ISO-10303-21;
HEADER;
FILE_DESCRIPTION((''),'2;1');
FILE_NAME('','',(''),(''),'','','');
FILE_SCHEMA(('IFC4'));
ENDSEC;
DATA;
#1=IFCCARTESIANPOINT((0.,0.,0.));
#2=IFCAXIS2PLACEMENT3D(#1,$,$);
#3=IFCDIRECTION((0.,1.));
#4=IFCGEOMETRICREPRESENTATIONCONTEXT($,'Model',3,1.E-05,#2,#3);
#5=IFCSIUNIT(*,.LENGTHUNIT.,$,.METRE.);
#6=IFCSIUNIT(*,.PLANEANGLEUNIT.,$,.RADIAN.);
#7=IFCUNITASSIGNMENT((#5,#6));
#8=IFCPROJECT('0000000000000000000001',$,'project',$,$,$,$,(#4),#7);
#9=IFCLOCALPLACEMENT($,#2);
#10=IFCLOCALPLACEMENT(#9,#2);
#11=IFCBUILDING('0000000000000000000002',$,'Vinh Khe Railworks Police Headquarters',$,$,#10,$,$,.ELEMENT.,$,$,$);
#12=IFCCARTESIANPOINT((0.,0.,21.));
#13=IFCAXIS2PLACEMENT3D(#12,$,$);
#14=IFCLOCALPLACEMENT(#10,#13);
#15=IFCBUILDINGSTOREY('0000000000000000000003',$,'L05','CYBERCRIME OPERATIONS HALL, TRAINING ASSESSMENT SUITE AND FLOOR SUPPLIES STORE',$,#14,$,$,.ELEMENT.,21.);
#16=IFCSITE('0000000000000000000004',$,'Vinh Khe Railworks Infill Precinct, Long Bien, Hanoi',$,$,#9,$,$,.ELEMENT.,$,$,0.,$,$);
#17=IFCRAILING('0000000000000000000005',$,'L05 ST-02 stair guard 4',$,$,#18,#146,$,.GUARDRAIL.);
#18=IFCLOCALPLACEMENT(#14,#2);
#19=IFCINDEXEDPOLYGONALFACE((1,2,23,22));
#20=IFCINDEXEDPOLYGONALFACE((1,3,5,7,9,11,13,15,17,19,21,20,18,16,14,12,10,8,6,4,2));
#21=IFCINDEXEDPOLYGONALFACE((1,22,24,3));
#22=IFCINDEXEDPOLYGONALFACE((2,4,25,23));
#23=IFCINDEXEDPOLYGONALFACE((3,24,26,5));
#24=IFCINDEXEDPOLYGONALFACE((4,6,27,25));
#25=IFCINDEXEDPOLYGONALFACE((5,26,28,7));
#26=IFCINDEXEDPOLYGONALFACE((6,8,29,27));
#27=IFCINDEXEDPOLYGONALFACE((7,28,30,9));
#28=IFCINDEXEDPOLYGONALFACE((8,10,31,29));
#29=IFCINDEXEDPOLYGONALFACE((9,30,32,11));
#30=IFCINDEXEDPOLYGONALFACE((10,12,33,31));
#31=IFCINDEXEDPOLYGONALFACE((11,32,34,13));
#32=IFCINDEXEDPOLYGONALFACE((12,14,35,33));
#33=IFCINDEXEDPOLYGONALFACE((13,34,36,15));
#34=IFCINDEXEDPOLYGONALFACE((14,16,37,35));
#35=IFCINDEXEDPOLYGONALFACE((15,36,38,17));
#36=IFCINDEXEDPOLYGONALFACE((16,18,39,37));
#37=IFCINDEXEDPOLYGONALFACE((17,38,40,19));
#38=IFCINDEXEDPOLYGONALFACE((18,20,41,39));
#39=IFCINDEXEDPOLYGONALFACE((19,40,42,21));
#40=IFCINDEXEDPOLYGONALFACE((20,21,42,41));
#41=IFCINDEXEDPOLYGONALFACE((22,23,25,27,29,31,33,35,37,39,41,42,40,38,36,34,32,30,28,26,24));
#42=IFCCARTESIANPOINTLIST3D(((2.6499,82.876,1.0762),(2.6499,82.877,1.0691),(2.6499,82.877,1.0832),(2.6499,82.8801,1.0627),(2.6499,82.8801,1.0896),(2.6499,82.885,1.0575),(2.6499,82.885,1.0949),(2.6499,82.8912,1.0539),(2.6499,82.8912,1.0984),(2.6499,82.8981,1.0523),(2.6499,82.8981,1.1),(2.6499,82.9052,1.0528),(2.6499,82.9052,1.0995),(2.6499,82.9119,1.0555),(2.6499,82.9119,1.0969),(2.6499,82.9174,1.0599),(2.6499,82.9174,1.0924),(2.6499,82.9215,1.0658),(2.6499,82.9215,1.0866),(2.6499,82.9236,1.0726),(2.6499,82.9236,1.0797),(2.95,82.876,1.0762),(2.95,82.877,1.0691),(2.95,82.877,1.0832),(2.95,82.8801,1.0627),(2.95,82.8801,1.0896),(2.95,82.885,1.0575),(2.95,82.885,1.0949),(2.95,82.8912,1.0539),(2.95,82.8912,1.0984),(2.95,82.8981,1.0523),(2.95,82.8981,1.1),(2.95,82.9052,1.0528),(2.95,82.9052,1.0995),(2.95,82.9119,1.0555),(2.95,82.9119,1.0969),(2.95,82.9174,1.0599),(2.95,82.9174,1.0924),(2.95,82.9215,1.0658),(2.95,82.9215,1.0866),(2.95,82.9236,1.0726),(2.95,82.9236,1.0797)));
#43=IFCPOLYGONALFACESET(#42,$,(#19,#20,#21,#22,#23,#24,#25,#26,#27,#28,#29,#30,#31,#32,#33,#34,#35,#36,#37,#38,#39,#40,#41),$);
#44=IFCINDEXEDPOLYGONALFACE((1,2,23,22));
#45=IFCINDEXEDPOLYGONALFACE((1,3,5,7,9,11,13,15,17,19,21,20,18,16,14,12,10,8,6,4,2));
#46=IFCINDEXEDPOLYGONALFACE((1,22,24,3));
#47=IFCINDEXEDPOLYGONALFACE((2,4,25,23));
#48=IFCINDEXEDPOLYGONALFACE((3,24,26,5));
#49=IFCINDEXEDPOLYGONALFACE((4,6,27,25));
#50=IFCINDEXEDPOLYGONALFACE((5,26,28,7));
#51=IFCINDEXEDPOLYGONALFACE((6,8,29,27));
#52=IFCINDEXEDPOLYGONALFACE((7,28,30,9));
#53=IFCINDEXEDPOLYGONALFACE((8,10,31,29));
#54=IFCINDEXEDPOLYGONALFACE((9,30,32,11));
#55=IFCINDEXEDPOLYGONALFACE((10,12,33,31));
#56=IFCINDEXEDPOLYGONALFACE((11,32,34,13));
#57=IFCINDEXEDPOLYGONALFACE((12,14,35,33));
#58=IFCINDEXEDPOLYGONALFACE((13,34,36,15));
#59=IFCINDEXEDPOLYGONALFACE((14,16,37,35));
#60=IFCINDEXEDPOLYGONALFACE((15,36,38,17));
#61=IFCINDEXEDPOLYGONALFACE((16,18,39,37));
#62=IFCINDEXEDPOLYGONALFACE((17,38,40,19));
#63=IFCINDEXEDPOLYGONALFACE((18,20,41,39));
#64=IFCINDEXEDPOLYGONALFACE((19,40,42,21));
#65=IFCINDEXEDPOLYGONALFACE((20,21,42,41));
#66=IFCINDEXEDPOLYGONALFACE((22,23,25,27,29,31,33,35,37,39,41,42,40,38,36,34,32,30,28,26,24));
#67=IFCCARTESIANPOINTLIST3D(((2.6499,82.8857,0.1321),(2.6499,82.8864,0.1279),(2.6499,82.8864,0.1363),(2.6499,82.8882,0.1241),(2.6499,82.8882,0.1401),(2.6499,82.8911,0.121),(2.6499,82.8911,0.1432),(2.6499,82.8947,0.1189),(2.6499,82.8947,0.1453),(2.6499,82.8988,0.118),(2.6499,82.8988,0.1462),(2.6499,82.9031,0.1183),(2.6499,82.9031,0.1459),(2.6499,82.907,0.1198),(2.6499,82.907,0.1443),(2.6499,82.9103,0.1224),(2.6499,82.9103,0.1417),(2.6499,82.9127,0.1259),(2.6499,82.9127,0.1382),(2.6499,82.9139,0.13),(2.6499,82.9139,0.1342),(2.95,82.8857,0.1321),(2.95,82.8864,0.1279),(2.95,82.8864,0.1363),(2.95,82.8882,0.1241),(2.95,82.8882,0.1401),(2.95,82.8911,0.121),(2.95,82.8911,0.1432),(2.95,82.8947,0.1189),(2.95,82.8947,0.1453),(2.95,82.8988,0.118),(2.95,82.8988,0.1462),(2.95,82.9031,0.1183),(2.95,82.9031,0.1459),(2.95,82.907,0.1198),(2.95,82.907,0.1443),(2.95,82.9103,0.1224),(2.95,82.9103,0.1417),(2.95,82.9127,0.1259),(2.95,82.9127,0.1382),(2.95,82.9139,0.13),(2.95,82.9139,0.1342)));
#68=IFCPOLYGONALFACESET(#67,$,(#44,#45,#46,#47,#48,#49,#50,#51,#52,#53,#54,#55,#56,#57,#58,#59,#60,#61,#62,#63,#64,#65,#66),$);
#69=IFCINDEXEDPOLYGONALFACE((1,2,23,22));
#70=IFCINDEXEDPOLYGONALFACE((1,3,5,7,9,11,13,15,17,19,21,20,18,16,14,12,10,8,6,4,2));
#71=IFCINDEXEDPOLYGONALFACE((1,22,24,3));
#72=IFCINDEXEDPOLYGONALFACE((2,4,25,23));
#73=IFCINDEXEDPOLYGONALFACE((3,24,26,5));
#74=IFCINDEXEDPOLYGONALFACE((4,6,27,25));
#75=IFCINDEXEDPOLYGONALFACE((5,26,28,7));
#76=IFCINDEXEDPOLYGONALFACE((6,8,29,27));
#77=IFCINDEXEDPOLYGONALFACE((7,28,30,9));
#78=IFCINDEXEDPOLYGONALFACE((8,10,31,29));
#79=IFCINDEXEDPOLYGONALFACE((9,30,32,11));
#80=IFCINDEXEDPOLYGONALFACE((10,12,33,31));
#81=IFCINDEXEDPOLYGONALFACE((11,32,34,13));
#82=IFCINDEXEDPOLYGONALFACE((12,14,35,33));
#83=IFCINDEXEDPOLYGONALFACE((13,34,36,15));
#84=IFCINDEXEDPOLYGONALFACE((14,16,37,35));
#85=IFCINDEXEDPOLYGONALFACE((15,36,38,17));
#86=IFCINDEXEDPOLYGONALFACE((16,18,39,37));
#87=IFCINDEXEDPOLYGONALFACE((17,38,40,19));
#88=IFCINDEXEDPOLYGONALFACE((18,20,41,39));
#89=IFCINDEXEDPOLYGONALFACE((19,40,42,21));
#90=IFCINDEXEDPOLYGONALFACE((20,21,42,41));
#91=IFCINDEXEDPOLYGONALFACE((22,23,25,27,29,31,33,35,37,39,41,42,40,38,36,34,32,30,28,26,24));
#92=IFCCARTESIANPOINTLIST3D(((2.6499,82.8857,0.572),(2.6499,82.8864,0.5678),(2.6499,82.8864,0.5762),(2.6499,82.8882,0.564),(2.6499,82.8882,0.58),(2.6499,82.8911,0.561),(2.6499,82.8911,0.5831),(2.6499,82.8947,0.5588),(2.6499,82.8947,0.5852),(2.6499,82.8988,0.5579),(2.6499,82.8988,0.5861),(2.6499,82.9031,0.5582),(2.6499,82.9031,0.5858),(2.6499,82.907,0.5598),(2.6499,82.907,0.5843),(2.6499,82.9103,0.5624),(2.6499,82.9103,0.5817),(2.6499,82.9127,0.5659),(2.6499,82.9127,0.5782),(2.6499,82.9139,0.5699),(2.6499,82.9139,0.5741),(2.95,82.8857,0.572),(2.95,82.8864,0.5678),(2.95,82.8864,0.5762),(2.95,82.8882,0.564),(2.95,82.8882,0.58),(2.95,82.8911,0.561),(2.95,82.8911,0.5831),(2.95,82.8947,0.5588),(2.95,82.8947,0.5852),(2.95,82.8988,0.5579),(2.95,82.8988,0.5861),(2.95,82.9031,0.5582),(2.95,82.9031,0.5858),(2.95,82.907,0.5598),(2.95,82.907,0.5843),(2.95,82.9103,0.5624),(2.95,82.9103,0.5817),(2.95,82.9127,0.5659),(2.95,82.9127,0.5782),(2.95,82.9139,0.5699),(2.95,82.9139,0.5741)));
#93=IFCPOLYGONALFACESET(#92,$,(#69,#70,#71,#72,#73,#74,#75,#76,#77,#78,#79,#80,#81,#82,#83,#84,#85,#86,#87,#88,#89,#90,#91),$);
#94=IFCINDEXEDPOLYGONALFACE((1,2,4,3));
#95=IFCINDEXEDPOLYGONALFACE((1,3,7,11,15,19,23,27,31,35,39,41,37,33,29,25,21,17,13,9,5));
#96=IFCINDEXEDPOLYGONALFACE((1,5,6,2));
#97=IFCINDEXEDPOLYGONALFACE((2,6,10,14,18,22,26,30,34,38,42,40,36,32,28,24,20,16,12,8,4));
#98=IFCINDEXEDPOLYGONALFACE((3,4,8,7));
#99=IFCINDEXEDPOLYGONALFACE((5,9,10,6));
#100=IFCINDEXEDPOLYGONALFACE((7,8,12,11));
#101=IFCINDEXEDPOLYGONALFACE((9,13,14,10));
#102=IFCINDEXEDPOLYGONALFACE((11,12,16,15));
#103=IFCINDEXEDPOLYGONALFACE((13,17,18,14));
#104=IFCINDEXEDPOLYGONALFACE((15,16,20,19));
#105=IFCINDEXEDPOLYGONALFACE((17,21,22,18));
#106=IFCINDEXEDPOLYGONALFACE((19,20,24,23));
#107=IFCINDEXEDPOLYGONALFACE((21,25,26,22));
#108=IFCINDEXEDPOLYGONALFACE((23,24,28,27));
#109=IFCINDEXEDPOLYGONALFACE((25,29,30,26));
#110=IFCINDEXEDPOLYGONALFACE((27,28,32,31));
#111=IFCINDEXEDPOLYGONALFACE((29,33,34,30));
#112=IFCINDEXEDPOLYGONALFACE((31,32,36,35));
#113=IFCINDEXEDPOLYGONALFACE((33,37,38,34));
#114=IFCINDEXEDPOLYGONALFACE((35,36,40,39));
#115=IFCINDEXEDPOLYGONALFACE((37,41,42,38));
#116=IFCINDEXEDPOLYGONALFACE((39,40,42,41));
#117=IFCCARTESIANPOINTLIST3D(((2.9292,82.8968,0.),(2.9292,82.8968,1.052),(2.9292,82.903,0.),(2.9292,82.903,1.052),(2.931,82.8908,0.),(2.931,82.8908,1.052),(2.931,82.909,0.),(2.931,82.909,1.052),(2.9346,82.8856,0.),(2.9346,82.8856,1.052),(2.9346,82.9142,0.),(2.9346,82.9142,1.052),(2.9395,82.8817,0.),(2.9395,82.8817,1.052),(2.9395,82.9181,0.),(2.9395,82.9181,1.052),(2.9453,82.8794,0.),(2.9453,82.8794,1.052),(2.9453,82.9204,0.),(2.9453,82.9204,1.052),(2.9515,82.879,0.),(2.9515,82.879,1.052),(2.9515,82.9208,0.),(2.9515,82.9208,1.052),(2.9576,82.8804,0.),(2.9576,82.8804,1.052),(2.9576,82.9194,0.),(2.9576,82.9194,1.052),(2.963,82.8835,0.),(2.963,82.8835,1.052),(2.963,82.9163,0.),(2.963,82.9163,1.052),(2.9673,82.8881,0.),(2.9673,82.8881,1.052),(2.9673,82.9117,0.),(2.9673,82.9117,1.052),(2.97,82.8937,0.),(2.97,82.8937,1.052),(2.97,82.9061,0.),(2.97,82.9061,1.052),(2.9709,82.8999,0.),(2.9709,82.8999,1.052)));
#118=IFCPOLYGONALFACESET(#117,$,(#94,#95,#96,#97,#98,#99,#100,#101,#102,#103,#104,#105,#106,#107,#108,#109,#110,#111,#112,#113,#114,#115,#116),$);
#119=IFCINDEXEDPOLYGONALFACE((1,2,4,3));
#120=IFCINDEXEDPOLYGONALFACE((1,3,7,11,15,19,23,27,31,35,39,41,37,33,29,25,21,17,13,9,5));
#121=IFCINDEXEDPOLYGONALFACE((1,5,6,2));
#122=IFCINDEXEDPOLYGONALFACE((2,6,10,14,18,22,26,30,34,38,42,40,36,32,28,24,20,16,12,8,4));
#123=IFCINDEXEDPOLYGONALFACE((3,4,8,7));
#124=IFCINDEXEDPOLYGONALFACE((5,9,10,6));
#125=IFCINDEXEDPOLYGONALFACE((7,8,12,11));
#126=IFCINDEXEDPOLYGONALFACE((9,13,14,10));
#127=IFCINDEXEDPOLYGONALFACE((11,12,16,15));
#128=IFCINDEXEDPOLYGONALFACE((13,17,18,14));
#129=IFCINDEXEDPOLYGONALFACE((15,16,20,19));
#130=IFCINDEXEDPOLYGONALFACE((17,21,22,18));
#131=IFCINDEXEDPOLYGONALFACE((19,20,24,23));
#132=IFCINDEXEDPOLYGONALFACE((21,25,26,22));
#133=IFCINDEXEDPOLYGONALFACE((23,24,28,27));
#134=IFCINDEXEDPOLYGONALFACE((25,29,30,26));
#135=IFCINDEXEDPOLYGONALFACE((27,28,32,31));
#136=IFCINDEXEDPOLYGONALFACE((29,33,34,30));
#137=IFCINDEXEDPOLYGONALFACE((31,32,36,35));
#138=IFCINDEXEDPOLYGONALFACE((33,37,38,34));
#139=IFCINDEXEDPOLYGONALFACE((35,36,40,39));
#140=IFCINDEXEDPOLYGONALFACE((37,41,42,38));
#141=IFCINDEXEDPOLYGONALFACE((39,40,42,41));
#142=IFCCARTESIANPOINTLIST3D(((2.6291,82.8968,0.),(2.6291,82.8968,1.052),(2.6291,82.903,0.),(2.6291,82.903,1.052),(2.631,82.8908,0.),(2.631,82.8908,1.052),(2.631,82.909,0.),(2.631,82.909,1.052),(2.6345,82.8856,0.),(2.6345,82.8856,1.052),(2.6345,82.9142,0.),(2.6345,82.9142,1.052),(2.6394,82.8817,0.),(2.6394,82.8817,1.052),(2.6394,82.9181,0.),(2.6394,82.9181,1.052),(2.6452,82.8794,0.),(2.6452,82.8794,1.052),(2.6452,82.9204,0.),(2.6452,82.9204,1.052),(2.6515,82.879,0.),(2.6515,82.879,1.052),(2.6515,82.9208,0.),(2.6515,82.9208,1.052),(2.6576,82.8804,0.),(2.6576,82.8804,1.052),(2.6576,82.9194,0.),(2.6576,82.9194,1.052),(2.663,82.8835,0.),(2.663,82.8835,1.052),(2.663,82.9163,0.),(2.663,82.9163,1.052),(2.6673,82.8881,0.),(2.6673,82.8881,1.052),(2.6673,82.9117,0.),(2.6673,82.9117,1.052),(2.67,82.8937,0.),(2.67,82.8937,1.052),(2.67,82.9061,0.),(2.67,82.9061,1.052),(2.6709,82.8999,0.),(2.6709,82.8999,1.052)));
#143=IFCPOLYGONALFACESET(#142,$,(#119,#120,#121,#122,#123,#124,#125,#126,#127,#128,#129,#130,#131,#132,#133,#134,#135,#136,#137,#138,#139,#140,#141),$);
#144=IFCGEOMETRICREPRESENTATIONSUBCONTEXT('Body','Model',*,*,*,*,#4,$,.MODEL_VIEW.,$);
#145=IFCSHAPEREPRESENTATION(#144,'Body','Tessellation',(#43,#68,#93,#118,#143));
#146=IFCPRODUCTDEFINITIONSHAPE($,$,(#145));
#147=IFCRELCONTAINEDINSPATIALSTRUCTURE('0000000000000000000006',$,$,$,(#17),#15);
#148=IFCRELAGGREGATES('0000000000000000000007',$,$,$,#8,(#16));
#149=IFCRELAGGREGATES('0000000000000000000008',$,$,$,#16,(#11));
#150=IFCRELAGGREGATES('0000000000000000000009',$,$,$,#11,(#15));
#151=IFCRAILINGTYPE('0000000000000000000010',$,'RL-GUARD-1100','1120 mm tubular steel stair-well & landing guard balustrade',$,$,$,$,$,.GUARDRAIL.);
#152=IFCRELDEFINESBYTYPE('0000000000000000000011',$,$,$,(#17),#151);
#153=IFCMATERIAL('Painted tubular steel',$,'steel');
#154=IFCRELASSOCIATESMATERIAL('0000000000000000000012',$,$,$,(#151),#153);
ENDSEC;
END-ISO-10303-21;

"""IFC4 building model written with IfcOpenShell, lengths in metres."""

from ifc_helpers import new_model, si_unit, direction, frame, origin, origin_2d, place, context, subcontext, project, spatial, circle, extrude, material, type_object, element, save


model = new_model("IFC4")

# Units and contexts
model_context = context("Model", 3, precision=1e-05, world=origin(), true_north=direction((0.0, 1.0)))
body_context = subcontext(model_context, "Body", "Model", "MODEL_VIEW")
ifc_project = project(units=[si_unit("LENGTHUNIT", "METRE"), si_unit("PLANEANGLEUNIT", "RADIAN")], contexts=[model_context])

# Site, building, storey
site_placement = place(None, origin())
site = spatial("IfcSite", under=ifc_project, at=site_placement, Name="Vinh Khe Railworks Infill Precinct, Long Bien, Hanoi", CompositionType="ELEMENT", RefElevation=0.0)
building_placement = place(site_placement, origin())
building = spatial("IfcBuilding", under=site, at=building_placement, Name="Vinh Khe Railworks Police Headquarters", CompositionType="ELEMENT")
storey_placement = place(building_placement, frame((0.0, 0.0, 21.0)))
storey = spatial("IfcBuildingStorey", under=building, at=storey_placement, Name="L05", Description="CYBERCRIME OPERATIONS HALL, TRAINING ASSESSMENT SUITE AND FLOOR SUPPLIES STORE", CompositionType="ELEMENT", Elevation=21.0)

# Railing
ifc_material_1 = material(Name="Painted tubular steel", Category="steel")
railing_type = type_object("IfcRailingType", Name="RL-GUARD-1100", Description="1120 mm tubular steel stair-well & landing guard balustrade", PredefinedType="GUARDRAIL", material=ifc_material_1)
railing_1_placement = place(storey_placement, frame((2.95, 82.8999, 0.0)))
element("IfcRailing", 1, at=railing_1_placement, inside=storey, type_object=railing_type, Name="L05 ST-02 stair guard 4", PredefinedType="GUARDRAIL", context=body_context, shape_type="SweptSolid", body=[
    extrude(circle(Radius=0.0239, at=origin_2d()), frame((0.0, 0.0, 1.0762), z_axis=(-1.0, 0.0, 0.0), x_axis=(0.0, -1.0, 0.0)), (0.0, 0.0, 1.0), 0.3),
    extrude(circle(Radius=0.0142, at=origin_2d()), frame((0.0, 0.0, 0.1321), z_axis=(-1.0, 0.0, 0.0), x_axis=(0.0, -1.0, 0.0)), (0.0, 0.0, 1.0), 0.3),
    extrude(circle(Radius=0.0142, at=origin_2d()), frame((0.0, 0.0, 0.572), z_axis=(-1.0, 0.0, 0.0), x_axis=(0.0, -1.0, 0.0)), (0.0, 0.0, 1.0), 0.3),
    extrude(circle(Radius=0.021, at=origin_2d()), origin(), (0.0, 0.0, 1.0), 1.052),
    extrude(circle(Radius=0.021, at=origin_2d()), frame((-0.3, 0.0, 0.0)), (0.0, 0.0, 1.0), 1.052),
])

save(model, "model.ifc")
